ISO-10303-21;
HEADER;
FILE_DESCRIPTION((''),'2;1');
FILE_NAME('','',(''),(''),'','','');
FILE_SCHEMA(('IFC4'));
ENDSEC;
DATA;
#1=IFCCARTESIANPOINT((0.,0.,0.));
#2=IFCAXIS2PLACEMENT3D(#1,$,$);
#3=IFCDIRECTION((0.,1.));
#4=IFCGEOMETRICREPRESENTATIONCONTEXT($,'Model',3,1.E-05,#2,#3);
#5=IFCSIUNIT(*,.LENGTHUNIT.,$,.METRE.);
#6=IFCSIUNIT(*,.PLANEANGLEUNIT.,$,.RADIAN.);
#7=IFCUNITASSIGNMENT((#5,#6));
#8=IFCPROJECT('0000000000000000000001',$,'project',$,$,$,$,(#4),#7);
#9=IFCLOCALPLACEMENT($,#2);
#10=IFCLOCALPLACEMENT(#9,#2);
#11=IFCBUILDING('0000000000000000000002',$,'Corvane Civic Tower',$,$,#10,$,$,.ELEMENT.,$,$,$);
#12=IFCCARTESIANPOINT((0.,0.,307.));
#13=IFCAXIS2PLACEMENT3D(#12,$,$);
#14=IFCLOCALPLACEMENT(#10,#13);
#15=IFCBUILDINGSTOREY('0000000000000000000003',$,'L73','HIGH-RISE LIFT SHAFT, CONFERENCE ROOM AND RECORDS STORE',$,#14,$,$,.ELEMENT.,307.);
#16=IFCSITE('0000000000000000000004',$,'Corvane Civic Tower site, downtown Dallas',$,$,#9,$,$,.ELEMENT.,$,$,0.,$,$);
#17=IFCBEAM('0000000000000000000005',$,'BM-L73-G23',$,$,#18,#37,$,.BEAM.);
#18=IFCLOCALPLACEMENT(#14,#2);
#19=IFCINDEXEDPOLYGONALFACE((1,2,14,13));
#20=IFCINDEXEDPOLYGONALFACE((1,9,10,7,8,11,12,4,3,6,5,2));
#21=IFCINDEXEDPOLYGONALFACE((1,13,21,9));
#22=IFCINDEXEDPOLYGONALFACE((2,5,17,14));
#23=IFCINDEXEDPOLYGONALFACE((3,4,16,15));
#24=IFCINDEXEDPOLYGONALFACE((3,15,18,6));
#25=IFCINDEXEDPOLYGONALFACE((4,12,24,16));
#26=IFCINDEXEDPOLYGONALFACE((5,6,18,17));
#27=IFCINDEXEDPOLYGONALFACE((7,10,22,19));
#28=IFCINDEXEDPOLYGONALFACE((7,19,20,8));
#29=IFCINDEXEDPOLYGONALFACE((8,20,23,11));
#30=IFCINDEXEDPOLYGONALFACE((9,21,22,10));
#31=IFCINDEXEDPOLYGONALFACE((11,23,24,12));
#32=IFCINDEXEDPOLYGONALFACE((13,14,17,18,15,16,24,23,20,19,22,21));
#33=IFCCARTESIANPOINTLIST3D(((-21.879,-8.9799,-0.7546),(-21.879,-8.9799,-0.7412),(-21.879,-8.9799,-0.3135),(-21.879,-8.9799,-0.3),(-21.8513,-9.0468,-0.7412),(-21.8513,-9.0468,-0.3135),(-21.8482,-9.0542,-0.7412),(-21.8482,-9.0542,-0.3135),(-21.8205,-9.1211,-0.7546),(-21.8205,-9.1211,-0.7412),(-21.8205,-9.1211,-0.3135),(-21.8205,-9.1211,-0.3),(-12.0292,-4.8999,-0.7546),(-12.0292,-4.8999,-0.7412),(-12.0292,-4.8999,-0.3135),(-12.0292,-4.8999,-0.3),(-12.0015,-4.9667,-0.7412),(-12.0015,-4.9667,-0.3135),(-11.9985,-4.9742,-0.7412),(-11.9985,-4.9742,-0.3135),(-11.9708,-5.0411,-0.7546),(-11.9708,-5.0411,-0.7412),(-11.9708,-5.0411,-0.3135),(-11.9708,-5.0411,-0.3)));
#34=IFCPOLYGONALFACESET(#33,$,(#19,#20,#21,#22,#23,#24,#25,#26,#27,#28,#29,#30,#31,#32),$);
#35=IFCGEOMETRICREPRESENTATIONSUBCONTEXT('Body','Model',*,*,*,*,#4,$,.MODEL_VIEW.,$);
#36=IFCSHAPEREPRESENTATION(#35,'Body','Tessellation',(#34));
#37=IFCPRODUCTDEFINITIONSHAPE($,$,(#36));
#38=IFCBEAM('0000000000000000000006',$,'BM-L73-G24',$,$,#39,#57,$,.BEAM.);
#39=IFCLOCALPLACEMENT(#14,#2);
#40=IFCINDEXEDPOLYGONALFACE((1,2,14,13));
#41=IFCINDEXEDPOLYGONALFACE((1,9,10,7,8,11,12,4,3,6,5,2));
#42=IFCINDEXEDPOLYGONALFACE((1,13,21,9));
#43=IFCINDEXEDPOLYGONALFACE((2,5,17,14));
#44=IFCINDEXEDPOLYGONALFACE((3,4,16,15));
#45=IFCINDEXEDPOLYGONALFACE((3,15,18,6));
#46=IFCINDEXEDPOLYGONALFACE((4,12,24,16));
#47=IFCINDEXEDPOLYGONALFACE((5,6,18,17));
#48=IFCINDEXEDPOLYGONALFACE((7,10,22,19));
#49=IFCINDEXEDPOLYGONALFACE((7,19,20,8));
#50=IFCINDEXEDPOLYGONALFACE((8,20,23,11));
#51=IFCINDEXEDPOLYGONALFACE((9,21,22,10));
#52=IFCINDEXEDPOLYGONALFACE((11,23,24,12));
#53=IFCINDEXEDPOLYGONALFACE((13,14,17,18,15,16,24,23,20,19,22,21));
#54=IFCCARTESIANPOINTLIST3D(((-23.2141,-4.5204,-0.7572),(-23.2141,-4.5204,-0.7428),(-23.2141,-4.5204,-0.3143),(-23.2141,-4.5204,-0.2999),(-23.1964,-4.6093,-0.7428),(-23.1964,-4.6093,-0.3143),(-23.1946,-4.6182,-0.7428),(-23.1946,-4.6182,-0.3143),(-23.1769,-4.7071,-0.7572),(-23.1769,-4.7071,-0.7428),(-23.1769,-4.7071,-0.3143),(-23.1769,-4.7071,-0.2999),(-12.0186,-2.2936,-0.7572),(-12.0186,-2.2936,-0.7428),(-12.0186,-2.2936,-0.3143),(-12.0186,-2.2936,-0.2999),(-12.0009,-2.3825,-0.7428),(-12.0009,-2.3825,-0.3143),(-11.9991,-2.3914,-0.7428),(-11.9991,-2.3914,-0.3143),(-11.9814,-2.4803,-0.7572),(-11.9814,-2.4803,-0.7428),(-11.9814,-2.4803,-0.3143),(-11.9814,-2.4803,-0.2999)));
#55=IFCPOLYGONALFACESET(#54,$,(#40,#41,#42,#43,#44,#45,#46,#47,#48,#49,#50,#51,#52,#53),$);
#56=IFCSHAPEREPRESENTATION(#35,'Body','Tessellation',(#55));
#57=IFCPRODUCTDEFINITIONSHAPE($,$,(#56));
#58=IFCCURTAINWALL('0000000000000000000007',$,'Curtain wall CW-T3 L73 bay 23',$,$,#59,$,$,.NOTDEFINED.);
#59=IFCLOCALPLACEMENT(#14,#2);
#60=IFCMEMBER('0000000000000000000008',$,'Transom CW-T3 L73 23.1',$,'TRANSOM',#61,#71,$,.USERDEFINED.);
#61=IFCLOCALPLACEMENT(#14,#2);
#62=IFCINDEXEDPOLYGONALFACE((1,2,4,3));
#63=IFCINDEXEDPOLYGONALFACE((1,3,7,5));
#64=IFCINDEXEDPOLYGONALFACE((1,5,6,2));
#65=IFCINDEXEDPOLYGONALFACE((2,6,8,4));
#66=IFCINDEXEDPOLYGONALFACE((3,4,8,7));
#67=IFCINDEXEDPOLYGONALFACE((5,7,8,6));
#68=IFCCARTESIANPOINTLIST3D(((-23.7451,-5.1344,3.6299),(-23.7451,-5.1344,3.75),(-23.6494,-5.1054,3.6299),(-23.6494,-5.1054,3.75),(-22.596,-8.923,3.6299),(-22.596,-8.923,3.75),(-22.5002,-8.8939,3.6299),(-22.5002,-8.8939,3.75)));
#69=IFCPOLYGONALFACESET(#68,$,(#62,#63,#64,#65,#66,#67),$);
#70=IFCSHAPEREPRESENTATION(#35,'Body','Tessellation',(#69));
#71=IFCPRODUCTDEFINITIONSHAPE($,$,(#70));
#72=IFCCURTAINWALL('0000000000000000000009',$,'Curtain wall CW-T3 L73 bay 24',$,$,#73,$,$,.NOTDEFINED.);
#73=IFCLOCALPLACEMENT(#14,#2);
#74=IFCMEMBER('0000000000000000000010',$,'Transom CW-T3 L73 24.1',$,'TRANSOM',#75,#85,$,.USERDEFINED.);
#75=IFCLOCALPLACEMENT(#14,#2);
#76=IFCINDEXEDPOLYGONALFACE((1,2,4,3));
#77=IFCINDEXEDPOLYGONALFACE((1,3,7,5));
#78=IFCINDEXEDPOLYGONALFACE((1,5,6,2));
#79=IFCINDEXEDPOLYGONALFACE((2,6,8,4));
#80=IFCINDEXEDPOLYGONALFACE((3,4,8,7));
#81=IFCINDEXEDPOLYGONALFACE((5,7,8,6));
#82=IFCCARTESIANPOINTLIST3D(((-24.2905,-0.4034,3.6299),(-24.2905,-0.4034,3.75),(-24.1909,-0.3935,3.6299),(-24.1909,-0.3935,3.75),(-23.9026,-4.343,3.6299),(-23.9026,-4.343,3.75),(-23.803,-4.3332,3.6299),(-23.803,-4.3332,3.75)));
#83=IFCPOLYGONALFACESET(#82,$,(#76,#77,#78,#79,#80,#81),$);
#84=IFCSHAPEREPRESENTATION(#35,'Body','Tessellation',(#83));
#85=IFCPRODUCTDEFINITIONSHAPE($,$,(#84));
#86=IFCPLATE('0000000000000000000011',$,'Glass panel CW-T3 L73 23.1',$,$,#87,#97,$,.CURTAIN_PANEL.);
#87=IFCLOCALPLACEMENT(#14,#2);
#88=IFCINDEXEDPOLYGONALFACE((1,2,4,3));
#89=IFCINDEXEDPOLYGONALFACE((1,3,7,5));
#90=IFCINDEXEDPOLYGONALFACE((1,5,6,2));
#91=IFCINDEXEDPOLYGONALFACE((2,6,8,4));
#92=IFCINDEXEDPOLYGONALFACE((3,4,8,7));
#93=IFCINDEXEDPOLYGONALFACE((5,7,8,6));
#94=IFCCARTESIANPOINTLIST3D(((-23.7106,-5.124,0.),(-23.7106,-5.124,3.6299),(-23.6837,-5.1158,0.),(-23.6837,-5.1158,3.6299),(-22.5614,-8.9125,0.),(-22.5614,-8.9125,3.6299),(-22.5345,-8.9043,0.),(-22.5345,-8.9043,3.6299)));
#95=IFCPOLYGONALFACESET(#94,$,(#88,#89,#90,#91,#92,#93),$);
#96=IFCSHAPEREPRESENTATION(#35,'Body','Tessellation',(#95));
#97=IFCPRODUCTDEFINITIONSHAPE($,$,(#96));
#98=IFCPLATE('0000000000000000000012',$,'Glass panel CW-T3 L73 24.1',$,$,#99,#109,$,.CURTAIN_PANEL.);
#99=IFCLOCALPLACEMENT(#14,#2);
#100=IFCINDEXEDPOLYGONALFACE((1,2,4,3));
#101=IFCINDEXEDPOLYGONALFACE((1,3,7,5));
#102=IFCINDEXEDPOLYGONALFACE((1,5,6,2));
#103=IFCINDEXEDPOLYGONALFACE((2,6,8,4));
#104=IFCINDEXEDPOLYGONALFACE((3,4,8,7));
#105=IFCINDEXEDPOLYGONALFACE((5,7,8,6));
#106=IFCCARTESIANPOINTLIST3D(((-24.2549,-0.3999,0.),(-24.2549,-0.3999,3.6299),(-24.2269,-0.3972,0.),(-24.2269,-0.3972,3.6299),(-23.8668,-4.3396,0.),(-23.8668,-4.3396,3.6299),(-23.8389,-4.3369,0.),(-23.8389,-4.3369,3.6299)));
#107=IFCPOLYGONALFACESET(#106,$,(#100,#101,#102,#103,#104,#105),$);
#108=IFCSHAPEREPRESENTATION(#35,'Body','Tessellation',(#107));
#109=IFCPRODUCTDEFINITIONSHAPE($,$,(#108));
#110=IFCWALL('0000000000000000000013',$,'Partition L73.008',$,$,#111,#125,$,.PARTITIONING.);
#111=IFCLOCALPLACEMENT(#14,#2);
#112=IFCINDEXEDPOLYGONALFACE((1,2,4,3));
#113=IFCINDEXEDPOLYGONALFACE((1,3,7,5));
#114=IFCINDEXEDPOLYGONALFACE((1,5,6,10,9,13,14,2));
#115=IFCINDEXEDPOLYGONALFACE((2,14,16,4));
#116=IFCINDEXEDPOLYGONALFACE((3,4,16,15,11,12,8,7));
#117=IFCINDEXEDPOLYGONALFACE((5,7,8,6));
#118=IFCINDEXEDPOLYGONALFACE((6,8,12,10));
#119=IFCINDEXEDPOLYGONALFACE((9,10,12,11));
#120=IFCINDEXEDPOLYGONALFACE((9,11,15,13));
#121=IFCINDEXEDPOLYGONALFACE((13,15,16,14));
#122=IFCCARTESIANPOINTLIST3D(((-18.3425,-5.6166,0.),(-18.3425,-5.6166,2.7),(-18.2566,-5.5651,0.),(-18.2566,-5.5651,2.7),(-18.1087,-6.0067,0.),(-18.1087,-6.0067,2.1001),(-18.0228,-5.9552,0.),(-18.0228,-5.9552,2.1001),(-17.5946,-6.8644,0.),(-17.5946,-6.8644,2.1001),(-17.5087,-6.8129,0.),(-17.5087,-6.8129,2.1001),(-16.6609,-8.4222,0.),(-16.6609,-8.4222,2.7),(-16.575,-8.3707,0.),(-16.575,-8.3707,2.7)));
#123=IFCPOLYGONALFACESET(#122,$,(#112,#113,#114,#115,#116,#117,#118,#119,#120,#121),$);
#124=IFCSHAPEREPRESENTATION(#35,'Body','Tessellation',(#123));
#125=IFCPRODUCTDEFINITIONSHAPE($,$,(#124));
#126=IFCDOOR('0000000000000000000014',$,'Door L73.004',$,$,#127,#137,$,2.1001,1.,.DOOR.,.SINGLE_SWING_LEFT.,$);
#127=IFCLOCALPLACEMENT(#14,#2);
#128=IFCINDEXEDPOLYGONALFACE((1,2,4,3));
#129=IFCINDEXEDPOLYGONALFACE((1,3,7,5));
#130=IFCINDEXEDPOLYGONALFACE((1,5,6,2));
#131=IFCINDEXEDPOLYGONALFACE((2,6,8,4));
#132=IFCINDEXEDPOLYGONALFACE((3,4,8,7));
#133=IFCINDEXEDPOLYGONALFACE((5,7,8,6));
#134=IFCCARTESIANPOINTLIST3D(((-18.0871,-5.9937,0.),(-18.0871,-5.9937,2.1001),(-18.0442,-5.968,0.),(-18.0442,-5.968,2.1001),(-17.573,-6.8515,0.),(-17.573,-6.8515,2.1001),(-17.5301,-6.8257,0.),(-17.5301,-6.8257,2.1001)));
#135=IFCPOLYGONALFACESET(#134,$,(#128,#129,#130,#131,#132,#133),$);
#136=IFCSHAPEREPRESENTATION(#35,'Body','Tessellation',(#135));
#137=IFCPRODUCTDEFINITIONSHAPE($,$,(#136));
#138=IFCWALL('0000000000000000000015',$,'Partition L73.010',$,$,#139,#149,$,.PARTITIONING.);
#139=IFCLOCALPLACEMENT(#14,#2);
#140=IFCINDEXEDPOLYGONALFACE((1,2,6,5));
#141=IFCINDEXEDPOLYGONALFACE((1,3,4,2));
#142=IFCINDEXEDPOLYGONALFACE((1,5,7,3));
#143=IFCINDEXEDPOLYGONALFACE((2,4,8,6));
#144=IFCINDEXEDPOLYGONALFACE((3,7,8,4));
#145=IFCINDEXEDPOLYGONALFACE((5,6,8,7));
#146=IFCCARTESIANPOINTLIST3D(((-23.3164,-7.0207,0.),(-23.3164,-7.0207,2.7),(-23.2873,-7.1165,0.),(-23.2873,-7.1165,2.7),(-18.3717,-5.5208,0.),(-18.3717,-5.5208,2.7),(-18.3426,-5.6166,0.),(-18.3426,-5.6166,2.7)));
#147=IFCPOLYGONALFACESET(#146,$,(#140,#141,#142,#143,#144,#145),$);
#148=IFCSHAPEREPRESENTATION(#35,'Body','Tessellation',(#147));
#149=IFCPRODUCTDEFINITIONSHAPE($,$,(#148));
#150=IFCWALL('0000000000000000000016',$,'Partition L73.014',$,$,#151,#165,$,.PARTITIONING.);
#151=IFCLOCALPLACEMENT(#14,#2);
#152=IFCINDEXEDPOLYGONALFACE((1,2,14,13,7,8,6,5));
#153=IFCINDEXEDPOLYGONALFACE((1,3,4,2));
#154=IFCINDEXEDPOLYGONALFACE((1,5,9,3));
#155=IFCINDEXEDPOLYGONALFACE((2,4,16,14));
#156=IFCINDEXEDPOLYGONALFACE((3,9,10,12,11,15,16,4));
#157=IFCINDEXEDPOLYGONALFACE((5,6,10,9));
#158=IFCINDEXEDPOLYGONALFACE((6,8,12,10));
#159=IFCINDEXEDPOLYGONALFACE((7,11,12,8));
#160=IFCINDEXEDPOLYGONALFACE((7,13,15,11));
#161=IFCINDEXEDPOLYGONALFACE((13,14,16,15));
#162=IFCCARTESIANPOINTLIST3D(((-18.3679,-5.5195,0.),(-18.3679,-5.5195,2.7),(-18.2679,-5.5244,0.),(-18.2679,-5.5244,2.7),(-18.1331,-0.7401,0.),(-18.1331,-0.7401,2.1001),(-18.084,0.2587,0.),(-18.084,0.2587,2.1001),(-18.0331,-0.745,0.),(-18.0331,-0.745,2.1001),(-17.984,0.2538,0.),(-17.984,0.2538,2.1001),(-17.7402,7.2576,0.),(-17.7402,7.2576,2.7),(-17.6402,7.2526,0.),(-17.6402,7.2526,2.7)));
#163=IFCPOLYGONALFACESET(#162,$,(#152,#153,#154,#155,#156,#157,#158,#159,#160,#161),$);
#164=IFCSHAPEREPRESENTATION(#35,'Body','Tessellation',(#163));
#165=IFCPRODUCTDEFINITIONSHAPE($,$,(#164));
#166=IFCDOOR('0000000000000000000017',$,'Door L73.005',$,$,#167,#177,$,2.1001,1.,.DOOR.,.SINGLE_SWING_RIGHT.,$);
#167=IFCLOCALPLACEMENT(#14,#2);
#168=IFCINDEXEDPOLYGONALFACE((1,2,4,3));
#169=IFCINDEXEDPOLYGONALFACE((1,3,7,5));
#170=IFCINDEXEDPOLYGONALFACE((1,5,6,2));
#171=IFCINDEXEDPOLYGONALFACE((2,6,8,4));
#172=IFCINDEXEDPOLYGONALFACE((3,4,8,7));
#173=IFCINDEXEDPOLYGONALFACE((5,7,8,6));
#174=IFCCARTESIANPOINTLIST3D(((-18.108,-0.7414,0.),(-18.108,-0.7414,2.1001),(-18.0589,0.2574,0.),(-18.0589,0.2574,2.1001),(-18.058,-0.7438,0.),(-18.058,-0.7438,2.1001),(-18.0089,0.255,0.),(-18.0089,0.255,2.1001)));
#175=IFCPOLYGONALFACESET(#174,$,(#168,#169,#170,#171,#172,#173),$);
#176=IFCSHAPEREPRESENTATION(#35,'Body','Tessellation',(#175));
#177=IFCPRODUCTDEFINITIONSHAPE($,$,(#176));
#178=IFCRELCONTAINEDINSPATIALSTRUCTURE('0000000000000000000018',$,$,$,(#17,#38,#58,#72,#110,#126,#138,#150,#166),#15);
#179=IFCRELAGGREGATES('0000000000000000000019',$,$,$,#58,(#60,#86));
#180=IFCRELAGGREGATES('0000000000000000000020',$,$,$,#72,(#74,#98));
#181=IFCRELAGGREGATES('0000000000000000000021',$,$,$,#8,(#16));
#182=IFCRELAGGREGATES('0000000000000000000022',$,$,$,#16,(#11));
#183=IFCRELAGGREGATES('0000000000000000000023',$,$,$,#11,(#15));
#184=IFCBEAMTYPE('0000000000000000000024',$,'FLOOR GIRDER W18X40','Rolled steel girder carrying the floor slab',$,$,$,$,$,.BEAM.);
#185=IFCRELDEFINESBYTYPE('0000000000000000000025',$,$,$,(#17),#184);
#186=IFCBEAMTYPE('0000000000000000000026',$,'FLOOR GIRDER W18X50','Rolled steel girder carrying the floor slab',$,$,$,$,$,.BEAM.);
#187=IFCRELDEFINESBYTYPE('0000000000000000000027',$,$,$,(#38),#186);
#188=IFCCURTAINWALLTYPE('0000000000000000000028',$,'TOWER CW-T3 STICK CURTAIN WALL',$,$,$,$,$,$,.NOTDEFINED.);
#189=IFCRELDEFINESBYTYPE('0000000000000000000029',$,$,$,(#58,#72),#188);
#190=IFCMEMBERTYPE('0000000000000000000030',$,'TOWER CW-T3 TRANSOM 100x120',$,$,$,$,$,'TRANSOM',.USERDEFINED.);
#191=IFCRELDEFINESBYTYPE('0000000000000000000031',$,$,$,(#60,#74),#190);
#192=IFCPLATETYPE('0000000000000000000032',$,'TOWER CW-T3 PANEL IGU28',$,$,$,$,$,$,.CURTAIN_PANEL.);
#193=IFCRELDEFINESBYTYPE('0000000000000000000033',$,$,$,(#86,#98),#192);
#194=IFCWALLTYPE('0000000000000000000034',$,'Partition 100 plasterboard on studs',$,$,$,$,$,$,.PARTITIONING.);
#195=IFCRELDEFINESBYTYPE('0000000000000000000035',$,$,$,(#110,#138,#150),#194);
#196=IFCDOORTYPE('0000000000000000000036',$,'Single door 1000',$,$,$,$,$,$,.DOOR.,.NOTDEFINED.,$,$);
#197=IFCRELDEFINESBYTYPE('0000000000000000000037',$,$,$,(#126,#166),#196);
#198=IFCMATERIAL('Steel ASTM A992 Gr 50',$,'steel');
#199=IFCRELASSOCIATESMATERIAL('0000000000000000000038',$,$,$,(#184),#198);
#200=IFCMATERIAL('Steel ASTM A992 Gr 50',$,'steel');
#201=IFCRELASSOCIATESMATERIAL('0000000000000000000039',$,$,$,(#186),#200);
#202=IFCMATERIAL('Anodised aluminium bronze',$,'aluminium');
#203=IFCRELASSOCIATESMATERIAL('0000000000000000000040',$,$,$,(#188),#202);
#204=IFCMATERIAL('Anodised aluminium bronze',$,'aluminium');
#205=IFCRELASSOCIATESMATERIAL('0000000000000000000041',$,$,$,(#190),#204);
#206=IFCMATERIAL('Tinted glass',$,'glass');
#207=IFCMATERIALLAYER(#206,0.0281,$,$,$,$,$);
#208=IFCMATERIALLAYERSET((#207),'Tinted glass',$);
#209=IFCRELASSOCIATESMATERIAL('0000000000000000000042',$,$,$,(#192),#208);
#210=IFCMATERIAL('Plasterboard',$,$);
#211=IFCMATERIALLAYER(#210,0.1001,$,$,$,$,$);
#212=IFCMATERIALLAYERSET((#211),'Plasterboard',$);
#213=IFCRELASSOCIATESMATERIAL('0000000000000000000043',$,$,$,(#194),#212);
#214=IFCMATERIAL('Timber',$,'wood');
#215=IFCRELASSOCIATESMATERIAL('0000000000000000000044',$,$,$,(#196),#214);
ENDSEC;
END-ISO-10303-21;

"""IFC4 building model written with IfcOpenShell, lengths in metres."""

from ifc_helpers import new_model, si_unit, direction, frame, frame_2d, origin, origin_2d, place, context, subcontext, project, spatial, rectangle, i_section, extrude, material, layer, layer_set, material_profile, profile_set, type_object, element, fill, aggregate, save


model = new_model("IFC4")

# Units and contexts
model_context = context("Model", 3, precision=1e-05, world=origin(), true_north=direction((0.0, 1.0)))
body_context = subcontext(model_context, "Body", "Model", "MODEL_VIEW")
ifc_project = project(units=[si_unit("LENGTHUNIT", "METRE"), si_unit("PLANEANGLEUNIT", "RADIAN")], contexts=[model_context])

# Site, building, storey
site_placement = place(None, origin())
site = spatial("IfcSite", under=ifc_project, at=site_placement, Name="Corvane Civic Tower site, downtown Dallas", CompositionType="ELEMENT", RefElevation=0.0)
building_placement = place(site_placement, origin())
building = spatial("IfcBuilding", under=site, at=building_placement, Name="Corvane Civic Tower", CompositionType="ELEMENT")
storey_placement = place(building_placement, frame((0.0, 0.0, 307.0)))
storey = spatial("IfcBuildingStorey", under=building, at=storey_placement, Name="L73", Description="HIGH-RISE LIFT SHAFT, CONFERENCE ROOM AND RECORDS STORE", CompositionType="ELEMENT", Elevation=307.0)

# Beams
ifc_material_1 = material(Name="Steel ASTM A992 Gr 50", Category="steel")
ifc_material_profile_1 = material_profile(ifc_material_1, i_section(OverallWidth=0.1528, OverallDepth=0.4546, WebThickness=0.0081, FlangeThickness=0.0134, at=origin_2d()), Name="W18X40")
ifc_profile_set_1 = profile_set([ifc_material_profile_1], Name="Steel ASTM A992 Gr 50")
beam_type_1 = type_object("IfcBeamType", Name="FLOOR GIRDER W18X40", Description="Rolled steel girder carrying the floor slab", PredefinedType="BEAM", material=ifc_profile_set_1)
beam_1_placement = place(storey_placement, frame((-12.0, -4.9705, -0.5273), z_axis=(-0.923875, -0.382694, 0.0), x_axis=(0.382694, -0.923875, 0.0)))
element("IfcBeam", 1, at=beam_1_placement, inside=storey, type_object=beam_type_1, Name="BM-L73-G23", PredefinedType="BEAM", context=body_context, shape_type="SweptSolid", body=[
    extrude(i_section(OverallWidth=0.1528, OverallDepth=0.4546, WebThickness=0.0081, FlangeThickness=0.0134, at=origin_2d()), origin(), (0.0, 0.0, 1.0), 10.6614),
])
ifc_material_2 = material(Name="Steel ASTM A992 Gr 50", Category="steel")
ifc_material_profile_2 = material_profile(ifc_material_2, i_section(OverallWidth=0.1904, OverallDepth=0.4573, WebThickness=0.009, FlangeThickness=0.0144, at=origin_2d()), Name="W18X50")
ifc_profile_set_2 = profile_set([ifc_material_profile_2], Name="Steel ASTM A992 Gr 50")
beam_type_2 = type_object("IfcBeamType", Name="FLOOR GIRDER W18X50", Description="Rolled steel girder carrying the floor slab", PredefinedType="BEAM", material=ifc_profile_set_2)
beam_2_placement = place(storey_placement, frame((-12.0, -2.387, -0.5286), z_axis=(-0.980787, -0.19508, 0.0), x_axis=(0.19508, -0.980787, 0.0)))
element("IfcBeam", 2, at=beam_2_placement, inside=storey, type_object=beam_type_2, Name="BM-L73-G24", PredefinedType="BEAM", context=body_context, shape_type="SweptSolid", body=[
    extrude(i_section(OverallWidth=0.1904, OverallDepth=0.4573, WebThickness=0.009, FlangeThickness=0.0144, at=origin_2d()), origin(), (0.0, 0.0, 1.0), 11.4148),
])

# Curtain walls, members
ifc_material_3 = material(Name="Anodised aluminium bronze", Category="aluminium")
curtain_wall_type = type_object("IfcCurtainWallType", Name="TOWER CW-T3 STICK CURTAIN WALL", PredefinedType="NOTDEFINED", material=ifc_material_3)
curtain_wall_1_placement = place(storey_placement, origin())
curtain_wall_1 = element("IfcCurtainWall", 3, at=curtain_wall_1_placement, inside=storey, type_object=curtain_wall_type, Name="Curtain wall CW-T3 L73 bay 23", PredefinedType="NOTDEFINED")
ifc_material_4 = material(Name="Anodised aluminium bronze", Category="aluminium")
ifc_material_profile_3 = material_profile(ifc_material_4, rectangle(XDim=0.1001, YDim=0.1201, at=origin_2d()), Name="TOWER CW-T3 TRANSOM 100x120")
ifc_profile_set_3 = profile_set([ifc_material_profile_3], Name="Anodised aluminium bronze")
member_type = type_object("IfcMemberType", Name="TOWER CW-T3 TRANSOM 100x120", ElementType="TRANSOM", PredefinedType="USERDEFINED", material=ifc_profile_set_3)
member_1_placement = place(storey_placement, frame((-22.5481, -8.9084, 3.6899), z_axis=(-0.290266, 0.956946, 0.0), x_axis=(-0.956946, -0.290266, 0.0)))
member_1 = element("IfcMember", 4, at=member_1_placement, type_object=member_type, Name="Transom CW-T3 L73 23.1", ObjectType="TRANSOM", PredefinedType="USERDEFINED", context=body_context, shape_type="SweptSolid", body=[
    extrude(rectangle(XDim=0.1001, YDim=0.1201, at=origin_2d()), origin(), (0.0, 0.0, 1.0), 3.959),
])
curtain_wall_2_placement = place(storey_placement, origin())
curtain_wall_2 = element("IfcCurtainWall", 5, at=curtain_wall_2_placement, inside=storey, type_object=curtain_wall_type, Name="Curtain wall CW-T3 L73 bay 24", PredefinedType="NOTDEFINED")
member_2_placement = place(storey_placement, frame((-23.8528, -4.3381, 3.6899), z_axis=(-0.097995, 0.995187, 0.0), x_axis=(-0.995187, -0.097995, 0.0)))
member_2 = element("IfcMember", 6, at=member_2_placement, type_object=member_type, Name="Transom CW-T3 L73 24.1", ObjectType="TRANSOM", PredefinedType="USERDEFINED", context=body_context, shape_type="SweptSolid", body=[
    extrude(rectangle(XDim=0.1001, YDim=0.1201, at=origin_2d()), origin(), (0.0, 0.0, 1.0), 3.9587),
])

# Plates
ifc_material_5 = material(Name="Tinted glass", Category="glass")
ifc_layer_1 = layer(ifc_material_5, 0.0281)
ifc_layer_set_1 = layer_set([ifc_layer_1], Name="Tinted glass")
plate_type = type_object("IfcPlateType", Name="TOWER CW-T3 PANEL IGU28", PredefinedType="CURTAIN_PANEL", material=ifc_layer_set_1)
plate_1_placement = place(storey_placement, frame((-23.1226, -7.0142, 0.0), z_axis=(0.0, 0.0, 1.0), x_axis=(-0.290274, 0.956944, 0.0)))
plate_1 = element("IfcPlate", 7, at=plate_1_placement, type_object=plate_type, Name="Glass panel CW-T3 L73 23.1", PredefinedType="CURTAIN_PANEL", context=body_context, shape_type="SweptSolid", body=[
    extrude(rectangle(XDim=3.959, YDim=0.0281, at=origin_2d()), origin(), (0.0, 0.0, 1.0), 3.6299),
])
aggregate(curtain_wall_1, [member_1, plate_1])
plate_2_placement = place(storey_placement, frame((-24.0469, -2.3684, 0.0), z_axis=(0.0, 0.0, 1.0), x_axis=(-0.098021, 0.995184, 0.0)))
plate_2 = element("IfcPlate", 8, at=plate_2_placement, type_object=plate_type, Name="Glass panel CW-T3 L73 24.1", PredefinedType="CURTAIN_PANEL", context=body_context, shape_type="SweptSolid", body=[
    extrude(rectangle(XDim=3.9587, YDim=0.0281, at=origin_2d()), origin(), (0.0, 0.0, 1.0), 3.6299),
])
aggregate(curtain_wall_2, [member_2, plate_2])

# Wall, opening, door
ifc_material_6 = material(Name="Plasterboard")
ifc_layer_2 = layer(ifc_material_6, 0.1001)
ifc_layer_set_2 = layer_set([ifc_layer_2], Name="Plasterboard")
wall_type = type_object("IfcWallType", Name="Partition 100 plasterboard on studs", PredefinedType="PARTITIONING", material=ifc_layer_set_2)
wall_1_placement = place(storey_placement, frame((-18.2996, -5.5908, 0.0), z_axis=(0.0, 0.0, 1.0), x_axis=(0.514101, -0.85773, 0.0)))
wall_1 = element("IfcWall", 9, at=wall_1_placement, inside=storey, type_object=wall_type, Name="Partition L73.008", PredefinedType="PARTITIONING", context=body_context, shape_type="SweptSolid", body=[
    extrude(rectangle(XDim=3.271, YDim=0.1001, at=frame_2d((1.6355, 0.0))), origin(), (0.0, 0.0, 1.0), 2.7),
])
opening_1_placement = place(wall_1_placement, frame((0.4548, 0.0, 0.0)))
opening_1 = element("IfcOpeningElement", 10, at=opening_1_placement, cuts=wall_1, PredefinedType="OPENING", context=body_context, shape_type="SweptSolid", body=[
    extrude(rectangle(XDim=1.0, YDim=2.1001, at=frame_2d((0.5, 1.05))), frame((0.0, 0.0601, 0.0), z_axis=(0.0, -1.0, 0.0), x_axis=(1.0, 0.0, 0.0)), (0.0, 0.0, 1.0), 0.1201),
])
ifc_material_7 = material(Name="Timber", Category="wood")
door_type = type_object("IfcDoorType", Name="Single door 1000", OperationType="NOTDEFINED", PredefinedType="DOOR", material=ifc_material_7)
door_1_placement = place(opening_1_placement, frame((1.0, 0.0, 0.0), z_axis=(0.0, 0.0, 1.0), x_axis=(-1.0, 0.0, 0.0)))
door_1 = element("IfcDoor", 11, at=door_1_placement, inside=storey, type_object=door_type, Name="Door L73.004", OperationType="SINGLE_SWING_LEFT", OverallHeight=2.1001, OverallWidth=1.0, PredefinedType="DOOR", context=body_context, shape_type="SweptSolid", body=[
    extrude(rectangle(XDim=1.0, YDim=2.1001, at=frame_2d((0.5, 1.05))), frame((0.0, 0.0249, 0.0), z_axis=(0.0, -1.0, 0.0), x_axis=(1.0, 0.0, 0.0)), (0.0, 0.0, 1.0), 0.05),
])
fill(opening_1, door_1)

# Wall
wall_2_placement = place(storey_placement, frame((-23.3018, -7.0686, 0.0), z_axis=(0.0, 0.0, 1.0), x_axis=(0.95694, 0.290285, 0.0)))
element("IfcWall", 12, at=wall_2_placement, inside=storey, type_object=wall_type, Name="Partition L73.010", PredefinedType="PARTITIONING", context=body_context, shape_type="SweptSolid", body=[
    extrude(rectangle(XDim=5.1672, YDim=0.1001, at=frame_2d((2.5835, 0.0))), origin(), (0.0, 0.0, 1.0), 2.7),
])

# Wall, opening, door
wall_3_placement = place(storey_placement, frame((-18.3179, -5.522, 0.0), z_axis=(0.0, 0.0, 1.0), x_axis=(0.049067, 0.998796, 0.0)))
wall_3 = element("IfcWall", 13, at=wall_3_placement, inside=storey, type_object=wall_type, Name="Partition L73.014", PredefinedType="PARTITIONING", context=body_context, shape_type="SweptSolid", body=[
    extrude(rectangle(XDim=12.7925, YDim=0.1001, at=frame_2d((6.3962, 0.0))), origin(), (0.0, 0.0, 1.0), 2.7),
])
opening_2_placement = place(wall_3_placement, frame((4.7852, 0.0, 0.0)))
opening_2 = element("IfcOpeningElement", 14, at=opening_2_placement, cuts=wall_3, PredefinedType="OPENING", context=body_context, shape_type="SweptSolid", body=[
    extrude(rectangle(XDim=1.0, YDim=2.1001, at=frame_2d((0.5, 1.05))), frame((0.0, 0.0601, 0.0), z_axis=(0.0, -1.0, 0.0), x_axis=(1.0, 0.0, 0.0)), (0.0, 0.0, 1.0), 0.1201),
])
door_2_placement = place(opening_2_placement, origin())
door_2 = element("IfcDoor", 15, at=door_2_placement, inside=storey, type_object=door_type, Name="Door L73.005", OperationType="SINGLE_SWING_RIGHT", OverallHeight=2.1001, OverallWidth=1.0, PredefinedType="DOOR", context=body_context, shape_type="SweptSolid", body=[
    extrude(rectangle(XDim=1.0, YDim=2.1001, at=frame_2d((0.5, 1.05))), frame((0.0, 0.0249, 0.0), z_axis=(0.0, -1.0, 0.0), x_axis=(1.0, 0.0, 0.0)), (0.0, 0.0, 1.0), 0.05),
])
fill(opening_2, door_2)

save(model, "model.ifc")
